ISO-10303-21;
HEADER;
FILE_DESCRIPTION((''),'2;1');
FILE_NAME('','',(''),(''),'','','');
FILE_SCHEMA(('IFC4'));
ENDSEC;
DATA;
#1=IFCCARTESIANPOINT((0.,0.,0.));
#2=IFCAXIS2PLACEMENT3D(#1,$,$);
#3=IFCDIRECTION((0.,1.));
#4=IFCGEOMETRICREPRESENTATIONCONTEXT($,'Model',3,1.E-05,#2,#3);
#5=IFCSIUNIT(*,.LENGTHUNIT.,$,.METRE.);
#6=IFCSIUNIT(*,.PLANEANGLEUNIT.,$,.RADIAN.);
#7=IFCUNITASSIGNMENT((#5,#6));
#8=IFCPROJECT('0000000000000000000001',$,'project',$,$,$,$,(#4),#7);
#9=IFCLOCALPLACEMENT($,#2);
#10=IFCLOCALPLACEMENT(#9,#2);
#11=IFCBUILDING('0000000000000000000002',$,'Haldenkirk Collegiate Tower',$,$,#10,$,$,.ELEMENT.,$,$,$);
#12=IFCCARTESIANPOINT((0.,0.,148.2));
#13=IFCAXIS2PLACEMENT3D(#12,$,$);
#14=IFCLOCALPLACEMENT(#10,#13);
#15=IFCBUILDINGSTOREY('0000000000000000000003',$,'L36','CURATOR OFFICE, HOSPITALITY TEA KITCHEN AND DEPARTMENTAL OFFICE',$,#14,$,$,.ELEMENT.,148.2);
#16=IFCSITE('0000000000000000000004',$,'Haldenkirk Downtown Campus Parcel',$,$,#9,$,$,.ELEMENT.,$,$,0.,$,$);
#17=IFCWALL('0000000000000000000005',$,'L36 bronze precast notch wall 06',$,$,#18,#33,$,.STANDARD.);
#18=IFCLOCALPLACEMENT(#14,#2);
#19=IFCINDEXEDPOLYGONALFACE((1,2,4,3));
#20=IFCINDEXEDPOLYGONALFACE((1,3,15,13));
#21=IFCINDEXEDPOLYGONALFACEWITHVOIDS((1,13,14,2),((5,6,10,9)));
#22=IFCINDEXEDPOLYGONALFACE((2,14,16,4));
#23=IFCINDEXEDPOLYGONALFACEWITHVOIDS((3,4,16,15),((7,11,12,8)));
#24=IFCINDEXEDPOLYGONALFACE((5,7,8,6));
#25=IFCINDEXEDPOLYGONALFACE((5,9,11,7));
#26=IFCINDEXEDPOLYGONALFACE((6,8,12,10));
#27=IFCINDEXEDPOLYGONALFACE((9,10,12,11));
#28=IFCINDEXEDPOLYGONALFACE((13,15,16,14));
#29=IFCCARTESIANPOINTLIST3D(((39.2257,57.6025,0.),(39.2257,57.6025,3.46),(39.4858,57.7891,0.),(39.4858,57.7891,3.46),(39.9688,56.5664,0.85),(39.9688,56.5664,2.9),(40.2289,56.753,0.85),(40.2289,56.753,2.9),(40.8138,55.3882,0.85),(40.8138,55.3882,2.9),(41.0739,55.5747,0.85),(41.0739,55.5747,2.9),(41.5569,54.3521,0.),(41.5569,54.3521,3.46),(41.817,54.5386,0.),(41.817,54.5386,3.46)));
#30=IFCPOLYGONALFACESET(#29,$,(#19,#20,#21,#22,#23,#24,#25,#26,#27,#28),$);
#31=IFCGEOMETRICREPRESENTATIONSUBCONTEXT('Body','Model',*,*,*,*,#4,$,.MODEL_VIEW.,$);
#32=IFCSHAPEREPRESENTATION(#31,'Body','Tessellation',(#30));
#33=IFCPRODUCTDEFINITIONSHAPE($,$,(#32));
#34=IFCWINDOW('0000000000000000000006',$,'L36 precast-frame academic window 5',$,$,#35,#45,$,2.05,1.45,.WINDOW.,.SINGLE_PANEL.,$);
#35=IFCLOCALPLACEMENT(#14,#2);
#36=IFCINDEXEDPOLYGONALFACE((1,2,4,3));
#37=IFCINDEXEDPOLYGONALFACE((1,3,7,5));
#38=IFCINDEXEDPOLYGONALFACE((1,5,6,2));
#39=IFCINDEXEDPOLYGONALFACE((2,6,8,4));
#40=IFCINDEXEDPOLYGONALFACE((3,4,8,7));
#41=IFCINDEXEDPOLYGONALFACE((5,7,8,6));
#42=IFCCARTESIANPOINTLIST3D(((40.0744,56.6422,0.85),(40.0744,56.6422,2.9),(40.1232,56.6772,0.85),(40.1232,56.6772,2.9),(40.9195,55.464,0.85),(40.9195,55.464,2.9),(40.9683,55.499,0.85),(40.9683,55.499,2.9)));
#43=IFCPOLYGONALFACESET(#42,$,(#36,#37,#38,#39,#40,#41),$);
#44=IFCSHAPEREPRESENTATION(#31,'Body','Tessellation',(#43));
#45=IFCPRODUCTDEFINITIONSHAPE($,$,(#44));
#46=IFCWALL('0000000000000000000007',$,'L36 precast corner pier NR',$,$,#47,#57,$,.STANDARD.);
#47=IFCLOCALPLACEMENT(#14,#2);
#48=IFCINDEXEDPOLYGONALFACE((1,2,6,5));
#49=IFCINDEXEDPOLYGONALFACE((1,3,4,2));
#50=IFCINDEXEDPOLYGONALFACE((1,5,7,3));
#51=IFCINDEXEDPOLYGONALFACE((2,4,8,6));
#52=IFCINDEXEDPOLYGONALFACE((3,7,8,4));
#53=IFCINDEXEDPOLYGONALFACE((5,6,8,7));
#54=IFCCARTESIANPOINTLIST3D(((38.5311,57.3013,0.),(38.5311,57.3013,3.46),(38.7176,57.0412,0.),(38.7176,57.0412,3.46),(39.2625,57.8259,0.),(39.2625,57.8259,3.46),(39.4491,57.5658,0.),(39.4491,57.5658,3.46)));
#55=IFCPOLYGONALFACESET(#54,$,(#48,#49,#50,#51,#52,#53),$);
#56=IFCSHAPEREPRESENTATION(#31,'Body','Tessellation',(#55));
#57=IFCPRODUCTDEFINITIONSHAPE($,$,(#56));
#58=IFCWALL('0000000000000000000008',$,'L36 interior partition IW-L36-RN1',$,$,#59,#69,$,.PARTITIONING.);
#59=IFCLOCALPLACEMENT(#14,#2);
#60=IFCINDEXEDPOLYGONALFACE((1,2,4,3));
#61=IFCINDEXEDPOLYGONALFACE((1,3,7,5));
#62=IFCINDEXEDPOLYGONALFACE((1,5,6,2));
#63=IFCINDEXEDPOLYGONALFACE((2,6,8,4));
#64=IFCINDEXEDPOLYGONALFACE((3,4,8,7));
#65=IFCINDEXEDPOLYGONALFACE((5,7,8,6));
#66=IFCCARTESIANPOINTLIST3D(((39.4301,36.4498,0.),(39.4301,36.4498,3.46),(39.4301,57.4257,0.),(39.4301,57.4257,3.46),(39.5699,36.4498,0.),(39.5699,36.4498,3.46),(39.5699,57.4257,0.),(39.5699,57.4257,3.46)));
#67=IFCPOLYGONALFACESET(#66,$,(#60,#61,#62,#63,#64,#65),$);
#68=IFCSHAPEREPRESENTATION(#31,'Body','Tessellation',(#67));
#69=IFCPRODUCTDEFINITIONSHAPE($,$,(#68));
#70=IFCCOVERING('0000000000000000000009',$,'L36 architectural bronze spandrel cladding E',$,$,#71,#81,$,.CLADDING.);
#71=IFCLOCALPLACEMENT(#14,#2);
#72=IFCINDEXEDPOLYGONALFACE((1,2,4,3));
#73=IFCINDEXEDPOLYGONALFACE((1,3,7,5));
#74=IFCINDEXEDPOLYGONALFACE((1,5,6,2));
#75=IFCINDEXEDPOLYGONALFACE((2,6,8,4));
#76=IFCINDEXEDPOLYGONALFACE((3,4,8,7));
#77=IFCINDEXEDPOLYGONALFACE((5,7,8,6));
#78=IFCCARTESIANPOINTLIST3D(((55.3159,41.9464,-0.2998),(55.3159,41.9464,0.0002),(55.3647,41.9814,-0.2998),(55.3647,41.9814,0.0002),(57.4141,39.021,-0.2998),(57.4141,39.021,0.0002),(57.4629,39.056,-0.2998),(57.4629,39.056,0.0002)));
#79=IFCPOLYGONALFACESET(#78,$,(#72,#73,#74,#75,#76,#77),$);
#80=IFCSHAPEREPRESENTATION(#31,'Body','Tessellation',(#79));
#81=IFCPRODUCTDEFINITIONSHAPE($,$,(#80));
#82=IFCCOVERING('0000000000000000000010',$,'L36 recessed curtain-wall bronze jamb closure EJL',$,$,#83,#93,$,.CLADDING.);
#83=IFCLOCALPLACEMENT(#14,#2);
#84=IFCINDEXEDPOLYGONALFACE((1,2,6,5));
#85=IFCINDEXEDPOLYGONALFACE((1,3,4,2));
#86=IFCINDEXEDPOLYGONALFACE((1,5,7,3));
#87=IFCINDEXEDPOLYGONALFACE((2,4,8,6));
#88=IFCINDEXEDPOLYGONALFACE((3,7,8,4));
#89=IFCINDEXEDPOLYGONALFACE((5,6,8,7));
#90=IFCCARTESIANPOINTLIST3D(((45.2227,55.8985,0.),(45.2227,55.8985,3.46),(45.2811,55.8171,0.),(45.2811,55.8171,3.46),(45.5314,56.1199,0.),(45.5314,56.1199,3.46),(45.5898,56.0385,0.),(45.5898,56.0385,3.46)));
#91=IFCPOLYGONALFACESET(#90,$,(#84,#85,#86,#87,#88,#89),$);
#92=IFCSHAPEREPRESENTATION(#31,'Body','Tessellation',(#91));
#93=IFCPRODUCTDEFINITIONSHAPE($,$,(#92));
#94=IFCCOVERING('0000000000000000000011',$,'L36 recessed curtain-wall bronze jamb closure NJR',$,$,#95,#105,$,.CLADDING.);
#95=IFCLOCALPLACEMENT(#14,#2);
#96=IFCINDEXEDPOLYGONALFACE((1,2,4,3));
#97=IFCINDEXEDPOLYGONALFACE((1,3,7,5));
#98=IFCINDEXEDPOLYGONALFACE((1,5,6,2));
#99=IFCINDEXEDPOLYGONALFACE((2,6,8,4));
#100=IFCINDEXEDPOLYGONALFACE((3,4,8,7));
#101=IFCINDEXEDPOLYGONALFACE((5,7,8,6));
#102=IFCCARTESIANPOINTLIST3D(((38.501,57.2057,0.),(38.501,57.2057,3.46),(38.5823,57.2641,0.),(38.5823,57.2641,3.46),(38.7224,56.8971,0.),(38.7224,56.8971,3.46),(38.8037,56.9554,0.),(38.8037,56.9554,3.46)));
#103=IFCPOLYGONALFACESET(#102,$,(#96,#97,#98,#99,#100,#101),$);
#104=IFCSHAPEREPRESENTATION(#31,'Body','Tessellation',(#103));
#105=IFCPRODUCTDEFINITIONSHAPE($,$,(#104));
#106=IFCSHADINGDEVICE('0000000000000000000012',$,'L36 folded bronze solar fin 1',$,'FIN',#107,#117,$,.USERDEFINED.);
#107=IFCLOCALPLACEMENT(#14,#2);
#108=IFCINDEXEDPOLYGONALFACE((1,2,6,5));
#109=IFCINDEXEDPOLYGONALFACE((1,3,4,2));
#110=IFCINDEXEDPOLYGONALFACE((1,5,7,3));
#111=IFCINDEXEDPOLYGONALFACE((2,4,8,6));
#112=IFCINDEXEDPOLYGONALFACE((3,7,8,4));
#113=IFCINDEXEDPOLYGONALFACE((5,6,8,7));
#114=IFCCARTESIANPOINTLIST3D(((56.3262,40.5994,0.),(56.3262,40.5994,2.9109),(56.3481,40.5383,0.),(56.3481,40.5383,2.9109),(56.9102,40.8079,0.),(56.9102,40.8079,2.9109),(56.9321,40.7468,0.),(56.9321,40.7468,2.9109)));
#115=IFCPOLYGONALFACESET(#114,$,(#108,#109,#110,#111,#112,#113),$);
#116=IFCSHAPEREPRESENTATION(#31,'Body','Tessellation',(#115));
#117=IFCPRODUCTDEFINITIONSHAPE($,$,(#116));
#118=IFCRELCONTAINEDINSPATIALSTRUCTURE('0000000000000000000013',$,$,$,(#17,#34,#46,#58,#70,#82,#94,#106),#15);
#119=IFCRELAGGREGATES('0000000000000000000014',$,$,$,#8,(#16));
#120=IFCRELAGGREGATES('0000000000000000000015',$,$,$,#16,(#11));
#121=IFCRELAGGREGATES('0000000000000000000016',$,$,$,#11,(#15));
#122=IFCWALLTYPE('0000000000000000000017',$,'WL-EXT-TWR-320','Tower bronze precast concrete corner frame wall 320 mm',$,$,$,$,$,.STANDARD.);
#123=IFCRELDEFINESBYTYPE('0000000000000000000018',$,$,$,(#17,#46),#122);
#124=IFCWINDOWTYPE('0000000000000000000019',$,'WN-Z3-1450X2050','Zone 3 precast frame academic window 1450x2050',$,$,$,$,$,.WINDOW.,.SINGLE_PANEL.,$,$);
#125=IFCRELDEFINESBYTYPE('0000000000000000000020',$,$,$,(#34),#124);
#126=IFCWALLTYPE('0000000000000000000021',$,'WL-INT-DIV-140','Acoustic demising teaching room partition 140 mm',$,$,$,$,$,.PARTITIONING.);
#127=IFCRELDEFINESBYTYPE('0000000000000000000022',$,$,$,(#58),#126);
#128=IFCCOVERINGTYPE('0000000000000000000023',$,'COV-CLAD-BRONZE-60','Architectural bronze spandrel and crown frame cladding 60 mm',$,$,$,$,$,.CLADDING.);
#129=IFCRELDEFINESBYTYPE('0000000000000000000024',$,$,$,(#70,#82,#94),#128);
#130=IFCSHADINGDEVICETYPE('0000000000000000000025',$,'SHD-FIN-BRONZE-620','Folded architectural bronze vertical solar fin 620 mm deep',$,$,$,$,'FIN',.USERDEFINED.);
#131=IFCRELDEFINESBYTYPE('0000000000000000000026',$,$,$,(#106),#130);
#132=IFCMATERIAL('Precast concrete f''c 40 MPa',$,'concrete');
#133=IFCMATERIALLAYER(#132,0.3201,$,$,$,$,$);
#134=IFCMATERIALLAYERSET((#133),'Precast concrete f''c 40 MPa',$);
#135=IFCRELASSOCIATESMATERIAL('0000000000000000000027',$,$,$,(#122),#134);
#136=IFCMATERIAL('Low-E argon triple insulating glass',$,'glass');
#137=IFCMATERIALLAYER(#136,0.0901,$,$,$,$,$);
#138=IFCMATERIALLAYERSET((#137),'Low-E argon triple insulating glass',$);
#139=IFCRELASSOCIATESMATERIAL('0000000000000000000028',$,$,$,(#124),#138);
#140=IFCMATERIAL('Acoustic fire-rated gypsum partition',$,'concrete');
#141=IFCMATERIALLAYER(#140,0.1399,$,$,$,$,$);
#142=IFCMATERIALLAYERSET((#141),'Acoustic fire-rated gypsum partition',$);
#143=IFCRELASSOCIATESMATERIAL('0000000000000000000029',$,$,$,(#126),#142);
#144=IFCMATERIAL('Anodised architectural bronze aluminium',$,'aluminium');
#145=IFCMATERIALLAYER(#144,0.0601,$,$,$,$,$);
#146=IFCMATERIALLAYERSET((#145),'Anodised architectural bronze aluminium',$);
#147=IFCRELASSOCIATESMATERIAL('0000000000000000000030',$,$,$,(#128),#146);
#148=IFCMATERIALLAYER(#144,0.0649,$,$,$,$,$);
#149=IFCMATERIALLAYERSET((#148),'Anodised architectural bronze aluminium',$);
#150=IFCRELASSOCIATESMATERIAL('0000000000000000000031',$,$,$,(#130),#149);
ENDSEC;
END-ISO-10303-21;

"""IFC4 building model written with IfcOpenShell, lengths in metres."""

from ifc_helpers import new_model, si_unit, direction, frame, frame_2d, origin, origin_2d, place, context, subcontext, project, spatial, rectangle, extrude, source, transform, mapped, material, layer, layer_set, type_object, element, fill, save


model = new_model("IFC4")

# Units and contexts
model_context = context("Model", 3, precision=1e-05, world=origin(), true_north=direction((0.0, 1.0)))
body_context = subcontext(model_context, "Body", "Model", "MODEL_VIEW")
ifc_project = project(units=[si_unit("LENGTHUNIT", "METRE"), si_unit("PLANEANGLEUNIT", "RADIAN")], contexts=[model_context])

# Site, building, storey
site_placement = place(None, origin())
site = spatial("IfcSite", under=ifc_project, at=site_placement, Name="Haldenkirk Downtown Campus Parcel", CompositionType="ELEMENT", RefElevation=0.0)
building_placement = place(site_placement, origin())
building = spatial("IfcBuilding", under=site, at=building_placement, Name="Haldenkirk Collegiate Tower", CompositionType="ELEMENT")
storey_placement = place(building_placement, frame((0.0, 0.0, 148.2)))
storey = spatial("IfcBuildingStorey", under=building, at=storey_placement, Name="L36", Description="CURATOR OFFICE, HOSPITALITY TEA KITCHEN AND DEPARTMENTAL OFFICE", CompositionType="ELEMENT", Elevation=148.2)

# Shared definitions
ifc_material_1 = material(Name="Anodised architectural bronze aluminium", Category="aluminium")

# Shared definitions
ifc_material_2 = material(Name="Low-E argon triple insulating glass", Category="glass")

# Shared definitions
ifc_material_3 = material(Name="Precast concrete f'c 40 MPa", Category="concrete")
ifc_layer_1 = layer(ifc_material_3, 0.3201)
ifc_layer_set_1 = layer_set([ifc_layer_1], Name="Precast concrete f'c 40 MPa")
wall_type_1 = type_object("IfcWallType", Name="WL-EXT-TWR-320", Description="Tower bronze precast concrete corner frame wall 320 mm", PredefinedType="STANDARD", material=ifc_layer_set_1)

# Wall, opening, window
wall_1_placement = place(storey_placement, frame((39.3557, 57.6958, 0.0), z_axis=(0.0, 0.0, 1.0), x_axis=(0.582813, -0.812606, 0.0)))
wall_1 = element("IfcWall", 1, at=wall_1_placement, inside=storey, type_object=wall_type_1, Name="L36 bronze precast notch wall 06", PredefinedType="STANDARD", context=body_context, shape_type="SweptSolid", body=[
    extrude(rectangle(XDim=4.0, YDim=0.3201, at=frame_2d((2.0, 0.0))), origin(), (0.0, 0.0, 1.0), 3.46),
])
opening_placement = place(wall_1_placement, frame((1.2749, 0.0, 0.8501)))
opening = element("IfcOpeningElement", 2, at=opening_placement, cuts=wall_1, PredefinedType="OPENING", context=body_context, shape_type="SweptSolid", body=[
    extrude(rectangle(XDim=1.45, YDim=2.05, at=frame_2d((0.7251, 1.0249))), frame((0.0, 0.1699, 0.0), z_axis=(0.0, -1.0, 0.0), x_axis=(1.0, 0.0, 0.0)), (0.0, 0.0, 1.0), 0.3401),
])
ifc_layer_2 = layer(ifc_material_2, 0.0901)
ifc_layer_set_2 = layer_set([ifc_layer_2], Name="Low-E argon triple insulating glass")
window_type = type_object("IfcWindowType", Name="WN-Z3-1450X2050", Description="Zone 3 precast frame academic window 1450x2050", PartitioningType="SINGLE_PANEL", PredefinedType="WINDOW", material=ifc_layer_set_2)
window_placement = place(opening_placement, origin())
window = element("IfcWindow", 3, at=window_placement, inside=storey, type_object=window_type, Name="L36 precast-frame academic window 5", OverallHeight=2.05, OverallWidth=1.45, PartitioningType="SINGLE_PANEL", PredefinedType="WINDOW", context=body_context, shape_type="SweptSolid", body=[
    extrude(rectangle(XDim=1.45, YDim=2.05, at=frame_2d((0.7251, 1.0249))), frame((0.0, 0.03, 0.0), z_axis=(0.0, -1.0, 0.0), x_axis=(1.0, 0.0, 0.0)), (0.0, 0.0, 1.0), 0.0601),
])
fill(opening, window)

# Walls
wall_2_placement = place(storey_placement, frame((38.6243, 57.1711, 0.0), z_axis=(0.0, 0.0, 1.0), x_axis=(0.812577, 0.582853, 0.0)))
element("IfcWall", 4, at=wall_2_placement, inside=storey, type_object=wall_type_1, Name="L36 precast corner pier NR", PredefinedType="STANDARD", context=body_context, shape_type="SweptSolid", body=[
    extrude(rectangle(XDim=0.9001, YDim=0.3201, at=frame_2d((0.4502, 0.0))), origin(), (0.0, 0.0, 1.0), 3.46),
])
ifc_material_4 = material(Name="Acoustic fire-rated gypsum partition", Category="concrete")
ifc_layer_3 = layer(ifc_material_4, 0.1399)
ifc_layer_set_3 = layer_set([ifc_layer_3], Name="Acoustic fire-rated gypsum partition")
wall_type_2 = type_object("IfcWallType", Name="WL-INT-DIV-140", Description="Acoustic demising teaching room partition 140 mm", PredefinedType="PARTITIONING", material=ifc_layer_set_3)
wall_3_placement = place(storey_placement, frame((39.5, 36.45, 0.0), z_axis=(0.0, 0.0, 1.0), x_axis=(0.0, 1.0, 0.0)))
element("IfcWall", 5, at=wall_3_placement, inside=storey, type_object=wall_type_2, Name="L36 interior partition IW-L36-RN1", PredefinedType="PARTITIONING", context=body_context, shape_type="SweptSolid", body=[
    extrude(rectangle(XDim=20.9758, YDim=0.1399, at=frame_2d((10.4878, 0.0))), origin(), (0.0, 0.0, 1.0), 3.46),
])

# Coverings
ifc_layer_4 = layer(ifc_material_1, 0.0601)
ifc_layer_set_4 = layer_set([ifc_layer_4], Name="Anodised architectural bronze aluminium")
covering_type = type_object("IfcCoveringType", Name="COV-CLAD-BRONZE-60", Description="Architectural bronze spandrel and crown frame cladding 60 mm", PredefinedType="CLADDING", material=ifc_layer_set_4)
shared_shape_1 = source(origin(), body_context, "Body", "SweptSolid", [
    extrude(rectangle(XDim=3.6001, YDim=0.0601, at=origin_2d()), origin(), (0.0, 0.0, 1.0), 0.3),
])
covering_placement = place(storey_placement, frame((56.3894, 40.5012, -0.2998), z_axis=(0.0, 0.0, 1.0), x_axis=(0.582832, -0.812592, 0.0)))
element("IfcCovering", 6, at=covering_placement, inside=storey, type_object=covering_type, Name="L36 architectural bronze spandrel cladding E", PredefinedType="CLADDING", context=body_context, shape_type="MappedRepresentation", body=[
    mapped(shared_shape_1, transform((0.0, 0.0, 0.0), x_axis=(1.0, 0.0, 0.0), y_axis=(0.0, 1.0, 0.0), z_axis=(0.0, 0.0, 1.0), scale=1.0)),
])
shared_shape_2 = source(origin(), body_context, "Body", "SweptSolid", [
    extrude(rectangle(XDim=0.1001, YDim=0.3799, at=origin_2d()), origin(), (0.0, 0.0, 1.0), 3.46),
])
for number, where, z_axis, x_axis, name in (
    (7, (45.4062, 55.9685, 0.0), (0.0, 0.0, 1.0), (0.582832, -0.812592, 0.0), "L36 recessed curtain-wall bronze jamb closure EJL"),
    (8, (38.6523, 57.0806, 0.0), (0.0, 0.0, 1.0), (0.812592, 0.582832, 0.0), "L36 recessed curtain-wall bronze jamb closure NJR"),
):
    element("IfcCovering", number, at=place(storey_placement, frame(where, z_axis=z_axis, x_axis=x_axis)), inside=storey, type_object=covering_type, Name=name, PredefinedType="CLADDING", context=body_context, shape_type="MappedRepresentation", body=[
        mapped(shared_shape_2, transform((0.0, 0.0, 0.0), x_axis=(1.0, 0.0, 0.0), y_axis=(0.0, 1.0, 0.0), z_axis=(0.0, 0.0, 1.0), scale=1.0)),
    ])

# Shading device
ifc_layer_5 = layer(ifc_material_1, 0.0649)
ifc_layer_set_5 = layer_set([ifc_layer_5], Name="Anodised architectural bronze aluminium")
shading_device_type = type_object("IfcShadingDeviceType", Name="SHD-FIN-BRONZE-620", Description="Folded architectural bronze vertical solar fin 620 mm deep", ElementType="FIN", PredefinedType="USERDEFINED", material=ifc_layer_set_5)
shared_shape_3 = source(origin(), body_context, "Body", "SweptSolid", [
    extrude(rectangle(XDim=0.6201, YDim=0.0649, at=origin_2d()), origin(), (0.0, 0.0, 1.0), 2.9109),
])
shading_device_placement = place(storey_placement, frame((56.6292, 40.6731, 0.0), z_axis=(0.0, 0.0, 1.0), x_axis=(0.941764, 0.336274, 0.0)))
element("IfcShadingDevice", 9, at=shading_device_placement, inside=storey, type_object=shading_device_type, Name="L36 folded bronze solar fin 1", ObjectType="FIN", PredefinedType="USERDEFINED", context=body_context, shape_type="MappedRepresentation", body=[
    mapped(shared_shape_3, transform((0.0, 0.0, 0.0), x_axis=(1.0, 0.0, 0.0), y_axis=(0.0, 1.0, 0.0), z_axis=(0.0, 0.0, 1.0), scale=1.0)),
])

save(model, "model.ifc")
